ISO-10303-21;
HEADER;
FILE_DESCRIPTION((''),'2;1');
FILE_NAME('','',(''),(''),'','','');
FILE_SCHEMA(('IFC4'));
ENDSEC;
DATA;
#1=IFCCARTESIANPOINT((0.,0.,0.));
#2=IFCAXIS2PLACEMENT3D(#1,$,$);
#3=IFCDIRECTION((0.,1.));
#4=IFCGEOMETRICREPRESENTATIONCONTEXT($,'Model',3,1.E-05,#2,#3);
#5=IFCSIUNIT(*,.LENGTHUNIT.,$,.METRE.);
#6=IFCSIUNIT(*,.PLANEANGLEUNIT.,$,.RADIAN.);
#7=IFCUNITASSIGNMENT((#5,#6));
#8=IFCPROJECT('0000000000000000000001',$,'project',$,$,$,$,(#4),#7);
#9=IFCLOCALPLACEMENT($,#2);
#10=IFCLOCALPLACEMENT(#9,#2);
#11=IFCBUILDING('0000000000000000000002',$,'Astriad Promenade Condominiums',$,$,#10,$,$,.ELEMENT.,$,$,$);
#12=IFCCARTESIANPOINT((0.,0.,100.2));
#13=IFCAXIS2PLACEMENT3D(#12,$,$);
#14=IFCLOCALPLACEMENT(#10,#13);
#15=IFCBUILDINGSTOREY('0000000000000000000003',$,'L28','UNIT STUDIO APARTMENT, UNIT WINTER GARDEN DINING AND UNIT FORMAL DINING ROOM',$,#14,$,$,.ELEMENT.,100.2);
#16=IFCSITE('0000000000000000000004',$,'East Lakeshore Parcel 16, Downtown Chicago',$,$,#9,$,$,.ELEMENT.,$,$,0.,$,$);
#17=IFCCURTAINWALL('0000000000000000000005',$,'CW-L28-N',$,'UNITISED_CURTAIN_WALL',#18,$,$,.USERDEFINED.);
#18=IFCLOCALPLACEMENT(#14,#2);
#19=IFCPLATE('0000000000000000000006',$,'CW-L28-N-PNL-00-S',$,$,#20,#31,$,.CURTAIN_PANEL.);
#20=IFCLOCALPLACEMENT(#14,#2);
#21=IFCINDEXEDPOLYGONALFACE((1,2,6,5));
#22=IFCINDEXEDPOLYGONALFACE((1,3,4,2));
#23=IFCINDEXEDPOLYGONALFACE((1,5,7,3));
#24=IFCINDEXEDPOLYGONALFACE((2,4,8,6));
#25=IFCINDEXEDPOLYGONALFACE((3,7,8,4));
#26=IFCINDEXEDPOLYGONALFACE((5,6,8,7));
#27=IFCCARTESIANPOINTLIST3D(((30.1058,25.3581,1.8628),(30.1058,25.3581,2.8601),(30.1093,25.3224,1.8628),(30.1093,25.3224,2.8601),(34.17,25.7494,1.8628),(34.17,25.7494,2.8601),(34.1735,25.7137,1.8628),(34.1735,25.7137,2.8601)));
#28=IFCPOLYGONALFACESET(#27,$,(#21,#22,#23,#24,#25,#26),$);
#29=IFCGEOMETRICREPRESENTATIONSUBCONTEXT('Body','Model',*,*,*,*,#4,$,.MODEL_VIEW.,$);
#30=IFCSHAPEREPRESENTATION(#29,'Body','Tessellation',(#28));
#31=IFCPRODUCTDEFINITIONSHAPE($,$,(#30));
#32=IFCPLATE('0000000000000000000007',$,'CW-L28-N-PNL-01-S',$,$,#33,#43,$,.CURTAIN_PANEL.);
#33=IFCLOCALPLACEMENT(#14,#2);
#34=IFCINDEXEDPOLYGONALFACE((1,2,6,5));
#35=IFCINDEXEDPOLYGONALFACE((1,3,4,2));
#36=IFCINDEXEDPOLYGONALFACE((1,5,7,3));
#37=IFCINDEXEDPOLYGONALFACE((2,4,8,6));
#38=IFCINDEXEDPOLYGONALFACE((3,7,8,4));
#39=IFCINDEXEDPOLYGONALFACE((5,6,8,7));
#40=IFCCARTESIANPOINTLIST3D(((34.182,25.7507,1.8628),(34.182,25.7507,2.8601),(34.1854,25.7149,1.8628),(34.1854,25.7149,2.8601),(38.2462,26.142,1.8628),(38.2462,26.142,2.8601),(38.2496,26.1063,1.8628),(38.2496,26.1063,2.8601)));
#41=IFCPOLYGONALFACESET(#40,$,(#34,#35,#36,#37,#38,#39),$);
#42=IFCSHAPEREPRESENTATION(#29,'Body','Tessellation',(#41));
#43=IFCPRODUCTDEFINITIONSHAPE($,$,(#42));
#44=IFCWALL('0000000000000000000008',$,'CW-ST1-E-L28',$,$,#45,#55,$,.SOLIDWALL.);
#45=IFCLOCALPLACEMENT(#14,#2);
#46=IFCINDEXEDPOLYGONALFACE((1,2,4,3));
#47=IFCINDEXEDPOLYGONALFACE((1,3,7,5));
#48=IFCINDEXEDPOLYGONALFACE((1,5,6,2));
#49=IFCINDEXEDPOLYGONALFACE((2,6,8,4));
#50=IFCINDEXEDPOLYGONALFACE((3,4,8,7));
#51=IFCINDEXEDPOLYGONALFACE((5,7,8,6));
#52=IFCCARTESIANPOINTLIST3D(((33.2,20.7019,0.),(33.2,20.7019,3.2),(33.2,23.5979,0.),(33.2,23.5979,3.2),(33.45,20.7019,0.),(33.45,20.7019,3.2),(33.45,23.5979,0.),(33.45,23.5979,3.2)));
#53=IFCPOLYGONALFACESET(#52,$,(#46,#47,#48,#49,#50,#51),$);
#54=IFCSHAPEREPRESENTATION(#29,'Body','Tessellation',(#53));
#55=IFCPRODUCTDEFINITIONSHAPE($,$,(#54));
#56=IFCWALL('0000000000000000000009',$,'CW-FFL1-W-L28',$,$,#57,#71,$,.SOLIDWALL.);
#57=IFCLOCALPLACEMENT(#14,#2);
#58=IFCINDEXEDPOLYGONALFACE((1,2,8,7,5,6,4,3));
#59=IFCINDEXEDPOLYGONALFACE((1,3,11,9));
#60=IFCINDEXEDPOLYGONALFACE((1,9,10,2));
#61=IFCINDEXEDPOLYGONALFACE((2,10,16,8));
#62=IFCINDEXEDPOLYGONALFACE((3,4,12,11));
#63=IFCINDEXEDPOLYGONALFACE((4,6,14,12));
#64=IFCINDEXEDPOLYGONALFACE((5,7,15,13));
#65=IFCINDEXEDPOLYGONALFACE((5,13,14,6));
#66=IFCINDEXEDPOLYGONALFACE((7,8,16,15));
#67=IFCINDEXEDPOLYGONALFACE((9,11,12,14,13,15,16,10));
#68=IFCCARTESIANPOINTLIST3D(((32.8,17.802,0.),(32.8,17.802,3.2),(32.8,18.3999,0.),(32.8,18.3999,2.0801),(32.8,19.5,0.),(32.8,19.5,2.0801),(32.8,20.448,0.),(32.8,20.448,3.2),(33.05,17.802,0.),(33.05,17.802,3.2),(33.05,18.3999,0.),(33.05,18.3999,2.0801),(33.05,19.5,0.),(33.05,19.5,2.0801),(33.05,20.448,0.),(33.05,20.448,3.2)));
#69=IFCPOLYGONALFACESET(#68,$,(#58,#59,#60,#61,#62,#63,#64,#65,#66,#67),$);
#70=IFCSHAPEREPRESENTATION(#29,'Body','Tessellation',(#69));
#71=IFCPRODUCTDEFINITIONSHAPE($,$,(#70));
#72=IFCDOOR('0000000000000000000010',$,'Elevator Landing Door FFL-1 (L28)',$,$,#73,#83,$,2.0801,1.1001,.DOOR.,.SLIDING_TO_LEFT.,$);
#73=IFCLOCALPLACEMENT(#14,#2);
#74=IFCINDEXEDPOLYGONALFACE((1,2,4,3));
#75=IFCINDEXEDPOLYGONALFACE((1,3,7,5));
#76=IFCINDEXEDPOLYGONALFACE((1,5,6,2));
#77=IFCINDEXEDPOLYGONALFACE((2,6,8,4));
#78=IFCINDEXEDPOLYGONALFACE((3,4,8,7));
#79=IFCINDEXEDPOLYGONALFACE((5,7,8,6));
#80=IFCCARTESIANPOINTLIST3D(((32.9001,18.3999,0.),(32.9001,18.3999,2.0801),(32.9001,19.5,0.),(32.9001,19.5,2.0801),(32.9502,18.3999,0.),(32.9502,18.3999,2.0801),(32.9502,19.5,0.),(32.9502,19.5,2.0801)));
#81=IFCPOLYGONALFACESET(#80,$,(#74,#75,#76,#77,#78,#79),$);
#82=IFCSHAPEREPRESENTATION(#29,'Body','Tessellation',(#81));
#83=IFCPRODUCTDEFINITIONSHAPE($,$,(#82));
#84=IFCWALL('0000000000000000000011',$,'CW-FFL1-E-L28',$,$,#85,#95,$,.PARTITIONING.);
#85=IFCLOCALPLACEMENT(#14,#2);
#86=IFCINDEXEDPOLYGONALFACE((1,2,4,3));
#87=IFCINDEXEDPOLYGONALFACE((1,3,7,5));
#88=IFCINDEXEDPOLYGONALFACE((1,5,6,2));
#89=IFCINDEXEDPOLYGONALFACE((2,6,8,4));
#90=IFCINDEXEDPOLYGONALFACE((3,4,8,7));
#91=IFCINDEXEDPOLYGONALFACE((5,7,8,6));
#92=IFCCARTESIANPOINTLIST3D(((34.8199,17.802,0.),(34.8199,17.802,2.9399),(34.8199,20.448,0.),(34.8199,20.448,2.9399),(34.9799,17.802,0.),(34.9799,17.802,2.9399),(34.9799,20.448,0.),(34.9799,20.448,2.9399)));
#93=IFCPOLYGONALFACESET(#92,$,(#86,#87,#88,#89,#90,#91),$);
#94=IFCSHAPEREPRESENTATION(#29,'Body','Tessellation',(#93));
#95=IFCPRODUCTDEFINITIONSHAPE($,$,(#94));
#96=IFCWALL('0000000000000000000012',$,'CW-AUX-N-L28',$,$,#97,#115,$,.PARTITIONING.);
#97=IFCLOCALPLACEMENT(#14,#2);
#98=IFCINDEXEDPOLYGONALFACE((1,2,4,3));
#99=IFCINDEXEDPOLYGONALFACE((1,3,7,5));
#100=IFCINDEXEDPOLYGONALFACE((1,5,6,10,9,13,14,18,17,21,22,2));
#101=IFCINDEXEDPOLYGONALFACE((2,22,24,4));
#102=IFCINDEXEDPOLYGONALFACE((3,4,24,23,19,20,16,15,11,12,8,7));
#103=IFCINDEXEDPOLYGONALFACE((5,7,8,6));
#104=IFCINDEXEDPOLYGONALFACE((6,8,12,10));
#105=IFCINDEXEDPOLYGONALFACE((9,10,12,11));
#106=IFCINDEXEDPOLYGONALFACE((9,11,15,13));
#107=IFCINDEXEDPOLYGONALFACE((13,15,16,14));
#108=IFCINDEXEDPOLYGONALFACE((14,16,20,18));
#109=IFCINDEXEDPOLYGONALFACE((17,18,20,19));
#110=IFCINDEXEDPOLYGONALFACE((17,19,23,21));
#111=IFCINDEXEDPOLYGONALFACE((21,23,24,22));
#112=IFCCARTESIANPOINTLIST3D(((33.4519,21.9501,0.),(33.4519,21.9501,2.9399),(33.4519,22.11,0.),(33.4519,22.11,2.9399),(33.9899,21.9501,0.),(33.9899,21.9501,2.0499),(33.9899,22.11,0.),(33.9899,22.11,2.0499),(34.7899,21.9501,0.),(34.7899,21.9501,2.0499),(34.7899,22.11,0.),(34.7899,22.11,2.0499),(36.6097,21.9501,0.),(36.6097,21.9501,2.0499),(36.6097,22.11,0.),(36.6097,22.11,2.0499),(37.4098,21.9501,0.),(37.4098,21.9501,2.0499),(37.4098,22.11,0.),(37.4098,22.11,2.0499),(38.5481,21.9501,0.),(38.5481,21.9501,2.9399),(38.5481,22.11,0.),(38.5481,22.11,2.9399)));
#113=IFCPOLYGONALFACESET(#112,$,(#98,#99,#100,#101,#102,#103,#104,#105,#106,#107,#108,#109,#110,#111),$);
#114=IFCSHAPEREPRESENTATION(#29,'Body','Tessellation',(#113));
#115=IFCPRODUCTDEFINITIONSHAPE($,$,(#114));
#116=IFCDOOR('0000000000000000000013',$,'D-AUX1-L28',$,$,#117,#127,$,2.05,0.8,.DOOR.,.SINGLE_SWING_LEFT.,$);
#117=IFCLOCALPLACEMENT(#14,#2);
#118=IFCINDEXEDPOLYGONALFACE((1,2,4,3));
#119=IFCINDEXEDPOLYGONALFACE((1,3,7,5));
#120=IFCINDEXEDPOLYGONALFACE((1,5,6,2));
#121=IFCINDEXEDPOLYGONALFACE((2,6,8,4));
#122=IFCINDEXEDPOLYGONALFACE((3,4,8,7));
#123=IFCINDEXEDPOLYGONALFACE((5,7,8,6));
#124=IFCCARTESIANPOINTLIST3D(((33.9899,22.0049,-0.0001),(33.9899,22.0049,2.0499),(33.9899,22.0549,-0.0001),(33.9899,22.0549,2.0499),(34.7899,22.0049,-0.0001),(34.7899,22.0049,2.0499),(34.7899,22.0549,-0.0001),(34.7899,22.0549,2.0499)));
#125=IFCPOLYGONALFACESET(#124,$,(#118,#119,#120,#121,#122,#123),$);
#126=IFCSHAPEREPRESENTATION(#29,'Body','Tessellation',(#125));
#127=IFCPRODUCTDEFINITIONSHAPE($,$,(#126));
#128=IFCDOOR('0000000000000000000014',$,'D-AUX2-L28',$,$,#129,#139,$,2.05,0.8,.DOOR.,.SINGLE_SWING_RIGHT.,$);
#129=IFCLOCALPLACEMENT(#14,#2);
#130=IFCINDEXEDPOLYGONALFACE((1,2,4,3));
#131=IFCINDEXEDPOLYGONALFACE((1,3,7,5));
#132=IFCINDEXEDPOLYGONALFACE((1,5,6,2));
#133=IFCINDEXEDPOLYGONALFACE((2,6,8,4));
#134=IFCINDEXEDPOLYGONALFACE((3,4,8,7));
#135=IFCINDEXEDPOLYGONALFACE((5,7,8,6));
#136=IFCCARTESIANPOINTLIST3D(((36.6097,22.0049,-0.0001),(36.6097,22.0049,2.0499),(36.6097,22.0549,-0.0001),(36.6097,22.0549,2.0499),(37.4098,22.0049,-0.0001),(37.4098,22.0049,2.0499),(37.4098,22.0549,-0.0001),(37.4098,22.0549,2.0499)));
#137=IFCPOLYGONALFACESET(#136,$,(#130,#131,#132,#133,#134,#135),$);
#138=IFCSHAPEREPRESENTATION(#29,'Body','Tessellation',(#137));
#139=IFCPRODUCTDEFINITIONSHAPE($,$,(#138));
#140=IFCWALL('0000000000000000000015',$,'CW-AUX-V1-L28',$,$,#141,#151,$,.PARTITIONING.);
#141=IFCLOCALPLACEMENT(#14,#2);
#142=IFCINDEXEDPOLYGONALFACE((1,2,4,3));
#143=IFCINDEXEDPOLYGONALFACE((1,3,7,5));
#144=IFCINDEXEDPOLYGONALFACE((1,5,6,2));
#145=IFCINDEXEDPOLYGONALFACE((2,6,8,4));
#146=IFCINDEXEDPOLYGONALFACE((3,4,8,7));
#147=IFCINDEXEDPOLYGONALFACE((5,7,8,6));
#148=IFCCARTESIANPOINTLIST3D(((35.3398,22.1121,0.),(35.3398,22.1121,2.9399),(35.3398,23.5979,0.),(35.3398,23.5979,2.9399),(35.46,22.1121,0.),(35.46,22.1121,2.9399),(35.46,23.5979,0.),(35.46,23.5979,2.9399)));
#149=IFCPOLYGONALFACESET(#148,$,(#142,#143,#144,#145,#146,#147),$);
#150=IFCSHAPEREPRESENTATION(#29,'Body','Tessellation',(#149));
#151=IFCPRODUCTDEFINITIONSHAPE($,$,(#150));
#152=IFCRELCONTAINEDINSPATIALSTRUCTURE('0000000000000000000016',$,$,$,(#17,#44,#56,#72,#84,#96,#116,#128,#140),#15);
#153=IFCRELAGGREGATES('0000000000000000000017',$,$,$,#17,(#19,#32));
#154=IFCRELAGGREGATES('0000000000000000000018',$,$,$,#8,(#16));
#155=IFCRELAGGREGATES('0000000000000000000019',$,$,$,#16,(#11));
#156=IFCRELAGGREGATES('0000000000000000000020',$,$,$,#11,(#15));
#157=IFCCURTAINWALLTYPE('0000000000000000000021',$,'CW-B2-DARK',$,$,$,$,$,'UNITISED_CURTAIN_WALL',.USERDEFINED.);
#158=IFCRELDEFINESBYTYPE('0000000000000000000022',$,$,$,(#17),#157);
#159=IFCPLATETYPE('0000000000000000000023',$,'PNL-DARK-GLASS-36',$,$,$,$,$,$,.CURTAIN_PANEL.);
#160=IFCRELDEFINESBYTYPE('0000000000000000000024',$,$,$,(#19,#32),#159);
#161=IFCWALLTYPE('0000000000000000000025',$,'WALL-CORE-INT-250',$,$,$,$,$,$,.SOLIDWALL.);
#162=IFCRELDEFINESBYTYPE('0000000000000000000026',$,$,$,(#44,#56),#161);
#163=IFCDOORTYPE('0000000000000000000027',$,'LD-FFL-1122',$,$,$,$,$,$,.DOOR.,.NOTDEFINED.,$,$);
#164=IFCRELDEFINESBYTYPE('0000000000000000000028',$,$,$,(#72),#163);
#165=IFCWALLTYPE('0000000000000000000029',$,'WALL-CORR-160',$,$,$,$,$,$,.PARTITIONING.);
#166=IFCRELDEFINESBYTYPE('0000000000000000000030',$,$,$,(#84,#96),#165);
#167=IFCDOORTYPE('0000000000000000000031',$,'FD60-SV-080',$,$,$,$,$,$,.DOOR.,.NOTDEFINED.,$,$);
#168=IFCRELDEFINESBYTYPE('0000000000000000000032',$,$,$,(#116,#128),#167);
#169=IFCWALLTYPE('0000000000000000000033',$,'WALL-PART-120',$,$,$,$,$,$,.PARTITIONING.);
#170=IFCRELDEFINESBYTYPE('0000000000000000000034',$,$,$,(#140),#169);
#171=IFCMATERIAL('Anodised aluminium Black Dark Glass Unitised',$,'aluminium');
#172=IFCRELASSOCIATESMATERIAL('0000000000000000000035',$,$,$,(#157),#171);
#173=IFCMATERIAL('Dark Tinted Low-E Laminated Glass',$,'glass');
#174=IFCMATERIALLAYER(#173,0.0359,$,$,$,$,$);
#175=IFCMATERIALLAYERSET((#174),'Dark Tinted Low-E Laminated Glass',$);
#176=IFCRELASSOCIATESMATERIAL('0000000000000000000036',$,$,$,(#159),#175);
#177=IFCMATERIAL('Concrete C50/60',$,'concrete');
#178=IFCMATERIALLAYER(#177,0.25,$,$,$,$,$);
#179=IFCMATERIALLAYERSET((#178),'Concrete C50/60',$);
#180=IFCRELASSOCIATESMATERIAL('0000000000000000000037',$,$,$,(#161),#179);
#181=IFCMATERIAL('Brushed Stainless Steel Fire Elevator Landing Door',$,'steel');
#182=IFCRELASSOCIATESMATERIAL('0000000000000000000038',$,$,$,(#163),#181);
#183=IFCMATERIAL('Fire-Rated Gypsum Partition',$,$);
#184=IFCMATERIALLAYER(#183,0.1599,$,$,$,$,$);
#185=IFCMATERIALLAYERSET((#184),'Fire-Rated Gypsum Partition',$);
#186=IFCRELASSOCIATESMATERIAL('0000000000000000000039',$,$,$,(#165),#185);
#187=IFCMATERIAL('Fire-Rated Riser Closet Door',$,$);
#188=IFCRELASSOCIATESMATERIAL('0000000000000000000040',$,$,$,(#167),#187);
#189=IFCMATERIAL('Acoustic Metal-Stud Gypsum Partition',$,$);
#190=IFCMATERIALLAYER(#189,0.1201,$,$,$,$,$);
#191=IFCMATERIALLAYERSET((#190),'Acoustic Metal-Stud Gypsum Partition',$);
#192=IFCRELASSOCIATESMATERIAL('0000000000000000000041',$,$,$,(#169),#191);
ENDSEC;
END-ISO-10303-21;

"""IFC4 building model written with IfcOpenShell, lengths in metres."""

from ifc_helpers import new_model, si_unit, direction, frame, frame_2d, origin, origin_2d, place, context, subcontext, project, spatial, rectangle, extrude, source, transform, mapped, material, layer, layer_set, type_object, type_shapes, element, fill, aggregate, save


model = new_model("IFC4")

# Units and contexts
model_context = context("Model", 3, precision=1e-05, world=origin(), true_north=direction((0.0, 1.0)))
body_context = subcontext(model_context, "Body", "Model", "MODEL_VIEW")
ifc_project = project(units=[si_unit("LENGTHUNIT", "METRE"), si_unit("PLANEANGLEUNIT", "RADIAN")], contexts=[model_context])

# Site, building, storey
site_placement = place(None, origin())
site = spatial("IfcSite", under=ifc_project, at=site_placement, Name="East Lakeshore Parcel 16, Downtown Chicago", CompositionType="ELEMENT", RefElevation=0.0)
building_placement = place(site_placement, origin())
building = spatial("IfcBuilding", under=site, at=building_placement, Name="Astriad Promenade Condominiums", CompositionType="ELEMENT")
storey_placement = place(building_placement, frame((0.0, 0.0, 100.2)))
storey = spatial("IfcBuildingStorey", under=building, at=storey_placement, Name="L28", Description="UNIT STUDIO APARTMENT, UNIT WINTER GARDEN DINING AND UNIT FORMAL DINING ROOM", CompositionType="ELEMENT", Elevation=100.2)

# Curtain wall, plates
ifc_material_1 = material(Name="Anodised aluminium Black Dark Glass Unitised", Category="aluminium")
curtain_wall_type = type_object("IfcCurtainWallType", Name="CW-B2-DARK", ElementType="UNITISED_CURTAIN_WALL", PredefinedType="USERDEFINED", material=ifc_material_1)
curtain_wall_placement = place(storey_placement, origin())
curtain_wall = element("IfcCurtainWall", 1, at=curtain_wall_placement, inside=storey, type_object=curtain_wall_type, Name="CW-L28-N", ObjectType="UNITISED_CURTAIN_WALL", PredefinedType="USERDEFINED")
ifc_material_2 = material(Name="Dark Tinted Low-E Laminated Glass", Category="glass")
ifc_layer_1 = layer(ifc_material_2, 0.0359)
ifc_layer_set_1 = layer_set([ifc_layer_1], Name="Dark Tinted Low-E Laminated Glass")
plate_type = type_object("IfcPlateType", Name="PNL-DARK-GLASS-36", PredefinedType="CURTAIN_PANEL", material=ifc_layer_set_1)
shared_shape_1 = source(origin(), body_context, "Body", "SweptSolid", [
    extrude(rectangle(XDim=4.083, YDim=0.0359, at=origin_2d()), origin(), (0.0, 0.0, 1.0), 0.9973),
])
plate_1_placement = place(storey_placement, frame((32.1396, 25.5359, 1.8628), z_axis=(0.0, 0.0, 1.0), x_axis=(0.995396, 0.095846, 0.0)))
plate_1 = element("IfcPlate", 2, at=plate_1_placement, type_object=plate_type, Name="CW-L28-N-PNL-00-S", PredefinedType="CURTAIN_PANEL", context=body_context, shape_type="MappedRepresentation", body=[
    mapped(shared_shape_1, transform((0.0, 0.0, 0.0), scale=1.0)),
])
plate_2_placement = place(storey_placement, frame((36.2158, 25.9285, 1.8628), z_axis=(0.0, 0.0, 1.0), x_axis=(0.995396, 0.095846, 0.0)))
plate_2 = element("IfcPlate", 3, at=plate_2_placement, type_object=plate_type, Name="CW-L28-N-PNL-01-S", PredefinedType="CURTAIN_PANEL", context=body_context, shape_type="MappedRepresentation", body=[
    mapped(shared_shape_1, transform((0.0, 0.0, 0.0), scale=1.0)),
])
aggregate(curtain_wall, [plate_1, plate_2])

# Wall
ifc_material_3 = material(Name="Concrete C50/60", Category="concrete")
ifc_layer_2 = layer(ifc_material_3, 0.25)
ifc_layer_set_2 = layer_set([ifc_layer_2], Name="Concrete C50/60")
wall_type_1 = type_object("IfcWallType", Name="WALL-CORE-INT-250", PredefinedType="SOLIDWALL", material=ifc_layer_set_2)
wall_1_placement = place(storey_placement, frame((33.325, 20.7019, 0.0), z_axis=(0.0, 0.0, 1.0), x_axis=(0.0, 1.0, 0.0)))
element("IfcWall", 4, at=wall_1_placement, inside=storey, type_object=wall_type_1, Name="CW-ST1-E-L28", PredefinedType="SOLIDWALL", context=body_context, shape_type="SweptSolid", body=[
    extrude(rectangle(XDim=2.896, YDim=0.25, at=frame_2d((1.448, 0.0))), origin(), (0.0, 0.0, 1.0), 3.2),
])

# Wall, opening, door
wall_2_placement = place(storey_placement, frame((32.925, 17.802, 0.0), z_axis=(0.0, 0.0, 1.0), x_axis=(0.0, 1.0, 0.0)))
wall_2 = element("IfcWall", 5, at=wall_2_placement, inside=storey, type_object=wall_type_1, Name="CW-FFL1-W-L28", PredefinedType="SOLIDWALL", context=body_context, shape_type="SweptSolid", body=[
    extrude(rectangle(XDim=2.646, YDim=0.25, at=frame_2d((1.323, 0.0))), origin(), (0.0, 0.0, 1.0), 3.2),
])
opening_1_placement = place(wall_2_placement, frame((0.5979, 0.0, 0.0)))
opening_1 = element("IfcOpeningElement", 6, at=opening_1_placement, cuts=wall_2, PredefinedType="OPENING", context=body_context, shape_type="SweptSolid", body=[
    extrude(rectangle(XDim=1.1001, YDim=2.0801, at=frame_2d((0.55, 1.04))), frame((0.0, 0.135, 0.0), z_axis=(0.0, -1.0, 0.0), x_axis=(1.0, 0.0, 0.0)), (0.0, 0.0, 1.0), 0.27),
])
ifc_material_4 = material(Name="Brushed Stainless Steel Fire Elevator Landing Door", Category="steel")
door_type_1 = type_object("IfcDoorType", Name="LD-FFL-1122", OperationType="NOTDEFINED", PredefinedType="DOOR", material=ifc_material_4)
shared_shape_2 = source(origin(), body_context, "Body", "SweptSolid", [
    extrude(rectangle(XDim=1.1001, YDim=2.0801, at=frame_2d((0.55, 1.04))), frame((0.0, 0.0249, 0.0), z_axis=(0.0, -1.0, 0.0), x_axis=(1.0, 0.0, 0.0)), (0.0, 0.0, 1.0), 0.05),
])
type_shapes(door_type_1, [shared_shape_2])
door_1_placement = place(opening_1_placement, origin())
door_1 = element("IfcDoor", 7, at=door_1_placement, inside=storey, type_object=door_type_1, Name="Elevator Landing Door FFL-1 (L28)", OperationType="SLIDING_TO_LEFT", OverallHeight=2.0801, OverallWidth=1.1001, PredefinedType="DOOR", context=body_context, shape_type="MappedRepresentation", body=[
    mapped(shared_shape_2, transform((0.0, 0.0, 0.0), scale=1.0)),
])
fill(opening_1, door_1)

# Wall
ifc_material_5 = material(Name="Fire-Rated Gypsum Partition")
ifc_layer_3 = layer(ifc_material_5, 0.1599)
ifc_layer_set_3 = layer_set([ifc_layer_3], Name="Fire-Rated Gypsum Partition")
wall_type_2 = type_object("IfcWallType", Name="WALL-CORR-160", PredefinedType="PARTITIONING", material=ifc_layer_set_3)
wall_3_placement = place(storey_placement, frame((34.8999, 17.802, 0.0), z_axis=(0.0, 0.0, 1.0), x_axis=(0.0, 1.0, 0.0)))
element("IfcWall", 8, at=wall_3_placement, inside=storey, type_object=wall_type_2, Name="CW-FFL1-E-L28", PredefinedType="PARTITIONING", context=body_context, shape_type="SweptSolid", body=[
    extrude(rectangle(XDim=2.646, YDim=0.1599, at=frame_2d((1.323, 0.0))), origin(), (0.0, 0.0, 1.0), 2.9399),
])

# Wall, openings, doors
wall_4_placement = place(storey_placement, frame((33.4519, 22.03, 0.0), z_axis=(0.0, 0.0, 1.0), x_axis=(1.0, 0.0, 0.0)))
wall_4 = element("IfcWall", 9, at=wall_4_placement, inside=storey, type_object=wall_type_2, Name="CW-AUX-N-L28", PredefinedType="PARTITIONING", context=body_context, shape_type="SweptSolid", body=[
    extrude(rectangle(XDim=5.0962, YDim=0.1599, at=frame_2d((2.5481, 0.0))), origin(), (0.0, 0.0, 1.0), 2.9399),
])
opening_2_placement = place(wall_4_placement, frame((0.5381, 0.0, 0.0)))
opening_2 = element("IfcOpeningElement", 10, at=opening_2_placement, cuts=wall_4, PredefinedType="OPENING", context=body_context, shape_type="SweptSolid", body=[
    extrude(rectangle(XDim=0.8, YDim=2.05, at=frame_2d((0.3999, 1.0249))), frame((0.0, 0.0898, 0.0), z_axis=(0.0, -1.0, 0.0), x_axis=(1.0, 0.0, 0.0)), (0.0, 0.0, 1.0), 0.1799),
])
opening_3_placement = place(wall_4_placement, frame((3.158, 0.0, 0.0)))
opening_3 = element("IfcOpeningElement", 11, at=opening_3_placement, cuts=wall_4, PredefinedType="OPENING", context=body_context, shape_type="SweptSolid", body=[
    extrude(rectangle(XDim=0.8, YDim=2.05, at=frame_2d((0.3999, 1.0249))), frame((0.0, 0.0898, 0.0), z_axis=(0.0, -1.0, 0.0), x_axis=(1.0, 0.0, 0.0)), (0.0, 0.0, 1.0), 0.1799),
])
ifc_material_6 = material(Name="Fire-Rated Riser Closet Door")
door_type_2 = type_object("IfcDoorType", Name="FD60-SV-080", OperationType="NOTDEFINED", PredefinedType="DOOR", material=ifc_material_6)
shared_shape_3 = source(origin(), body_context, "Body", "SweptSolid", [
    extrude(rectangle(XDim=0.8, YDim=2.05, at=frame_2d((0.3999, 1.0249))), frame((0.0, 0.0249, 0.0), z_axis=(0.0, -1.0, 0.0), x_axis=(1.0, 0.0, 0.0)), (0.0, 0.0, 1.0), 0.05),
])
type_shapes(door_type_2, [shared_shape_3])
door_2_placement = place(opening_2_placement, origin())
door_2 = element("IfcDoor", 12, at=door_2_placement, inside=storey, type_object=door_type_2, Name="D-AUX1-L28", OperationType="SINGLE_SWING_LEFT", OverallHeight=2.05, OverallWidth=0.8, PredefinedType="DOOR", context=body_context, shape_type="MappedRepresentation", body=[
    mapped(shared_shape_3, transform((0.0, 0.0, 0.0), scale=1.0)),
])
fill(opening_2, door_2)
door_3_placement = place(opening_3_placement, origin())
door_3 = element("IfcDoor", 13, at=door_3_placement, inside=storey, type_object=door_type_2, Name="D-AUX2-L28", OperationType="SINGLE_SWING_RIGHT", OverallHeight=2.05, OverallWidth=0.8, PredefinedType="DOOR", context=body_context, shape_type="MappedRepresentation", body=[
    mapped(shared_shape_3, transform((0.0, 0.0, 0.0), scale=1.0)),
])
fill(opening_3, door_3)

# Wall
ifc_material_7 = material(Name="Acoustic Metal-Stud Gypsum Partition")
ifc_layer_4 = layer(ifc_material_7, 0.1201)
ifc_layer_set_4 = layer_set([ifc_layer_4], Name="Acoustic Metal-Stud Gypsum Partition")
wall_type_3 = type_object("IfcWallType", Name="WALL-PART-120", PredefinedType="PARTITIONING", material=ifc_layer_set_4)
wall_5_placement = place(storey_placement, frame((35.3999, 22.1121, 0.0), z_axis=(0.0, 0.0, 1.0), x_axis=(0.0, 1.0, 0.0)))
element("IfcWall", 14, at=wall_5_placement, inside=storey, type_object=wall_type_3, Name="CW-AUX-V1-L28", PredefinedType="PARTITIONING", context=body_context, shape_type="SweptSolid", body=[
    extrude(rectangle(XDim=1.4858, YDim=0.1201, at=frame_2d((0.7429, 0.0))), origin(), (0.0, 0.0, 1.0), 2.9399),
])

save(model, "model.ifc")
